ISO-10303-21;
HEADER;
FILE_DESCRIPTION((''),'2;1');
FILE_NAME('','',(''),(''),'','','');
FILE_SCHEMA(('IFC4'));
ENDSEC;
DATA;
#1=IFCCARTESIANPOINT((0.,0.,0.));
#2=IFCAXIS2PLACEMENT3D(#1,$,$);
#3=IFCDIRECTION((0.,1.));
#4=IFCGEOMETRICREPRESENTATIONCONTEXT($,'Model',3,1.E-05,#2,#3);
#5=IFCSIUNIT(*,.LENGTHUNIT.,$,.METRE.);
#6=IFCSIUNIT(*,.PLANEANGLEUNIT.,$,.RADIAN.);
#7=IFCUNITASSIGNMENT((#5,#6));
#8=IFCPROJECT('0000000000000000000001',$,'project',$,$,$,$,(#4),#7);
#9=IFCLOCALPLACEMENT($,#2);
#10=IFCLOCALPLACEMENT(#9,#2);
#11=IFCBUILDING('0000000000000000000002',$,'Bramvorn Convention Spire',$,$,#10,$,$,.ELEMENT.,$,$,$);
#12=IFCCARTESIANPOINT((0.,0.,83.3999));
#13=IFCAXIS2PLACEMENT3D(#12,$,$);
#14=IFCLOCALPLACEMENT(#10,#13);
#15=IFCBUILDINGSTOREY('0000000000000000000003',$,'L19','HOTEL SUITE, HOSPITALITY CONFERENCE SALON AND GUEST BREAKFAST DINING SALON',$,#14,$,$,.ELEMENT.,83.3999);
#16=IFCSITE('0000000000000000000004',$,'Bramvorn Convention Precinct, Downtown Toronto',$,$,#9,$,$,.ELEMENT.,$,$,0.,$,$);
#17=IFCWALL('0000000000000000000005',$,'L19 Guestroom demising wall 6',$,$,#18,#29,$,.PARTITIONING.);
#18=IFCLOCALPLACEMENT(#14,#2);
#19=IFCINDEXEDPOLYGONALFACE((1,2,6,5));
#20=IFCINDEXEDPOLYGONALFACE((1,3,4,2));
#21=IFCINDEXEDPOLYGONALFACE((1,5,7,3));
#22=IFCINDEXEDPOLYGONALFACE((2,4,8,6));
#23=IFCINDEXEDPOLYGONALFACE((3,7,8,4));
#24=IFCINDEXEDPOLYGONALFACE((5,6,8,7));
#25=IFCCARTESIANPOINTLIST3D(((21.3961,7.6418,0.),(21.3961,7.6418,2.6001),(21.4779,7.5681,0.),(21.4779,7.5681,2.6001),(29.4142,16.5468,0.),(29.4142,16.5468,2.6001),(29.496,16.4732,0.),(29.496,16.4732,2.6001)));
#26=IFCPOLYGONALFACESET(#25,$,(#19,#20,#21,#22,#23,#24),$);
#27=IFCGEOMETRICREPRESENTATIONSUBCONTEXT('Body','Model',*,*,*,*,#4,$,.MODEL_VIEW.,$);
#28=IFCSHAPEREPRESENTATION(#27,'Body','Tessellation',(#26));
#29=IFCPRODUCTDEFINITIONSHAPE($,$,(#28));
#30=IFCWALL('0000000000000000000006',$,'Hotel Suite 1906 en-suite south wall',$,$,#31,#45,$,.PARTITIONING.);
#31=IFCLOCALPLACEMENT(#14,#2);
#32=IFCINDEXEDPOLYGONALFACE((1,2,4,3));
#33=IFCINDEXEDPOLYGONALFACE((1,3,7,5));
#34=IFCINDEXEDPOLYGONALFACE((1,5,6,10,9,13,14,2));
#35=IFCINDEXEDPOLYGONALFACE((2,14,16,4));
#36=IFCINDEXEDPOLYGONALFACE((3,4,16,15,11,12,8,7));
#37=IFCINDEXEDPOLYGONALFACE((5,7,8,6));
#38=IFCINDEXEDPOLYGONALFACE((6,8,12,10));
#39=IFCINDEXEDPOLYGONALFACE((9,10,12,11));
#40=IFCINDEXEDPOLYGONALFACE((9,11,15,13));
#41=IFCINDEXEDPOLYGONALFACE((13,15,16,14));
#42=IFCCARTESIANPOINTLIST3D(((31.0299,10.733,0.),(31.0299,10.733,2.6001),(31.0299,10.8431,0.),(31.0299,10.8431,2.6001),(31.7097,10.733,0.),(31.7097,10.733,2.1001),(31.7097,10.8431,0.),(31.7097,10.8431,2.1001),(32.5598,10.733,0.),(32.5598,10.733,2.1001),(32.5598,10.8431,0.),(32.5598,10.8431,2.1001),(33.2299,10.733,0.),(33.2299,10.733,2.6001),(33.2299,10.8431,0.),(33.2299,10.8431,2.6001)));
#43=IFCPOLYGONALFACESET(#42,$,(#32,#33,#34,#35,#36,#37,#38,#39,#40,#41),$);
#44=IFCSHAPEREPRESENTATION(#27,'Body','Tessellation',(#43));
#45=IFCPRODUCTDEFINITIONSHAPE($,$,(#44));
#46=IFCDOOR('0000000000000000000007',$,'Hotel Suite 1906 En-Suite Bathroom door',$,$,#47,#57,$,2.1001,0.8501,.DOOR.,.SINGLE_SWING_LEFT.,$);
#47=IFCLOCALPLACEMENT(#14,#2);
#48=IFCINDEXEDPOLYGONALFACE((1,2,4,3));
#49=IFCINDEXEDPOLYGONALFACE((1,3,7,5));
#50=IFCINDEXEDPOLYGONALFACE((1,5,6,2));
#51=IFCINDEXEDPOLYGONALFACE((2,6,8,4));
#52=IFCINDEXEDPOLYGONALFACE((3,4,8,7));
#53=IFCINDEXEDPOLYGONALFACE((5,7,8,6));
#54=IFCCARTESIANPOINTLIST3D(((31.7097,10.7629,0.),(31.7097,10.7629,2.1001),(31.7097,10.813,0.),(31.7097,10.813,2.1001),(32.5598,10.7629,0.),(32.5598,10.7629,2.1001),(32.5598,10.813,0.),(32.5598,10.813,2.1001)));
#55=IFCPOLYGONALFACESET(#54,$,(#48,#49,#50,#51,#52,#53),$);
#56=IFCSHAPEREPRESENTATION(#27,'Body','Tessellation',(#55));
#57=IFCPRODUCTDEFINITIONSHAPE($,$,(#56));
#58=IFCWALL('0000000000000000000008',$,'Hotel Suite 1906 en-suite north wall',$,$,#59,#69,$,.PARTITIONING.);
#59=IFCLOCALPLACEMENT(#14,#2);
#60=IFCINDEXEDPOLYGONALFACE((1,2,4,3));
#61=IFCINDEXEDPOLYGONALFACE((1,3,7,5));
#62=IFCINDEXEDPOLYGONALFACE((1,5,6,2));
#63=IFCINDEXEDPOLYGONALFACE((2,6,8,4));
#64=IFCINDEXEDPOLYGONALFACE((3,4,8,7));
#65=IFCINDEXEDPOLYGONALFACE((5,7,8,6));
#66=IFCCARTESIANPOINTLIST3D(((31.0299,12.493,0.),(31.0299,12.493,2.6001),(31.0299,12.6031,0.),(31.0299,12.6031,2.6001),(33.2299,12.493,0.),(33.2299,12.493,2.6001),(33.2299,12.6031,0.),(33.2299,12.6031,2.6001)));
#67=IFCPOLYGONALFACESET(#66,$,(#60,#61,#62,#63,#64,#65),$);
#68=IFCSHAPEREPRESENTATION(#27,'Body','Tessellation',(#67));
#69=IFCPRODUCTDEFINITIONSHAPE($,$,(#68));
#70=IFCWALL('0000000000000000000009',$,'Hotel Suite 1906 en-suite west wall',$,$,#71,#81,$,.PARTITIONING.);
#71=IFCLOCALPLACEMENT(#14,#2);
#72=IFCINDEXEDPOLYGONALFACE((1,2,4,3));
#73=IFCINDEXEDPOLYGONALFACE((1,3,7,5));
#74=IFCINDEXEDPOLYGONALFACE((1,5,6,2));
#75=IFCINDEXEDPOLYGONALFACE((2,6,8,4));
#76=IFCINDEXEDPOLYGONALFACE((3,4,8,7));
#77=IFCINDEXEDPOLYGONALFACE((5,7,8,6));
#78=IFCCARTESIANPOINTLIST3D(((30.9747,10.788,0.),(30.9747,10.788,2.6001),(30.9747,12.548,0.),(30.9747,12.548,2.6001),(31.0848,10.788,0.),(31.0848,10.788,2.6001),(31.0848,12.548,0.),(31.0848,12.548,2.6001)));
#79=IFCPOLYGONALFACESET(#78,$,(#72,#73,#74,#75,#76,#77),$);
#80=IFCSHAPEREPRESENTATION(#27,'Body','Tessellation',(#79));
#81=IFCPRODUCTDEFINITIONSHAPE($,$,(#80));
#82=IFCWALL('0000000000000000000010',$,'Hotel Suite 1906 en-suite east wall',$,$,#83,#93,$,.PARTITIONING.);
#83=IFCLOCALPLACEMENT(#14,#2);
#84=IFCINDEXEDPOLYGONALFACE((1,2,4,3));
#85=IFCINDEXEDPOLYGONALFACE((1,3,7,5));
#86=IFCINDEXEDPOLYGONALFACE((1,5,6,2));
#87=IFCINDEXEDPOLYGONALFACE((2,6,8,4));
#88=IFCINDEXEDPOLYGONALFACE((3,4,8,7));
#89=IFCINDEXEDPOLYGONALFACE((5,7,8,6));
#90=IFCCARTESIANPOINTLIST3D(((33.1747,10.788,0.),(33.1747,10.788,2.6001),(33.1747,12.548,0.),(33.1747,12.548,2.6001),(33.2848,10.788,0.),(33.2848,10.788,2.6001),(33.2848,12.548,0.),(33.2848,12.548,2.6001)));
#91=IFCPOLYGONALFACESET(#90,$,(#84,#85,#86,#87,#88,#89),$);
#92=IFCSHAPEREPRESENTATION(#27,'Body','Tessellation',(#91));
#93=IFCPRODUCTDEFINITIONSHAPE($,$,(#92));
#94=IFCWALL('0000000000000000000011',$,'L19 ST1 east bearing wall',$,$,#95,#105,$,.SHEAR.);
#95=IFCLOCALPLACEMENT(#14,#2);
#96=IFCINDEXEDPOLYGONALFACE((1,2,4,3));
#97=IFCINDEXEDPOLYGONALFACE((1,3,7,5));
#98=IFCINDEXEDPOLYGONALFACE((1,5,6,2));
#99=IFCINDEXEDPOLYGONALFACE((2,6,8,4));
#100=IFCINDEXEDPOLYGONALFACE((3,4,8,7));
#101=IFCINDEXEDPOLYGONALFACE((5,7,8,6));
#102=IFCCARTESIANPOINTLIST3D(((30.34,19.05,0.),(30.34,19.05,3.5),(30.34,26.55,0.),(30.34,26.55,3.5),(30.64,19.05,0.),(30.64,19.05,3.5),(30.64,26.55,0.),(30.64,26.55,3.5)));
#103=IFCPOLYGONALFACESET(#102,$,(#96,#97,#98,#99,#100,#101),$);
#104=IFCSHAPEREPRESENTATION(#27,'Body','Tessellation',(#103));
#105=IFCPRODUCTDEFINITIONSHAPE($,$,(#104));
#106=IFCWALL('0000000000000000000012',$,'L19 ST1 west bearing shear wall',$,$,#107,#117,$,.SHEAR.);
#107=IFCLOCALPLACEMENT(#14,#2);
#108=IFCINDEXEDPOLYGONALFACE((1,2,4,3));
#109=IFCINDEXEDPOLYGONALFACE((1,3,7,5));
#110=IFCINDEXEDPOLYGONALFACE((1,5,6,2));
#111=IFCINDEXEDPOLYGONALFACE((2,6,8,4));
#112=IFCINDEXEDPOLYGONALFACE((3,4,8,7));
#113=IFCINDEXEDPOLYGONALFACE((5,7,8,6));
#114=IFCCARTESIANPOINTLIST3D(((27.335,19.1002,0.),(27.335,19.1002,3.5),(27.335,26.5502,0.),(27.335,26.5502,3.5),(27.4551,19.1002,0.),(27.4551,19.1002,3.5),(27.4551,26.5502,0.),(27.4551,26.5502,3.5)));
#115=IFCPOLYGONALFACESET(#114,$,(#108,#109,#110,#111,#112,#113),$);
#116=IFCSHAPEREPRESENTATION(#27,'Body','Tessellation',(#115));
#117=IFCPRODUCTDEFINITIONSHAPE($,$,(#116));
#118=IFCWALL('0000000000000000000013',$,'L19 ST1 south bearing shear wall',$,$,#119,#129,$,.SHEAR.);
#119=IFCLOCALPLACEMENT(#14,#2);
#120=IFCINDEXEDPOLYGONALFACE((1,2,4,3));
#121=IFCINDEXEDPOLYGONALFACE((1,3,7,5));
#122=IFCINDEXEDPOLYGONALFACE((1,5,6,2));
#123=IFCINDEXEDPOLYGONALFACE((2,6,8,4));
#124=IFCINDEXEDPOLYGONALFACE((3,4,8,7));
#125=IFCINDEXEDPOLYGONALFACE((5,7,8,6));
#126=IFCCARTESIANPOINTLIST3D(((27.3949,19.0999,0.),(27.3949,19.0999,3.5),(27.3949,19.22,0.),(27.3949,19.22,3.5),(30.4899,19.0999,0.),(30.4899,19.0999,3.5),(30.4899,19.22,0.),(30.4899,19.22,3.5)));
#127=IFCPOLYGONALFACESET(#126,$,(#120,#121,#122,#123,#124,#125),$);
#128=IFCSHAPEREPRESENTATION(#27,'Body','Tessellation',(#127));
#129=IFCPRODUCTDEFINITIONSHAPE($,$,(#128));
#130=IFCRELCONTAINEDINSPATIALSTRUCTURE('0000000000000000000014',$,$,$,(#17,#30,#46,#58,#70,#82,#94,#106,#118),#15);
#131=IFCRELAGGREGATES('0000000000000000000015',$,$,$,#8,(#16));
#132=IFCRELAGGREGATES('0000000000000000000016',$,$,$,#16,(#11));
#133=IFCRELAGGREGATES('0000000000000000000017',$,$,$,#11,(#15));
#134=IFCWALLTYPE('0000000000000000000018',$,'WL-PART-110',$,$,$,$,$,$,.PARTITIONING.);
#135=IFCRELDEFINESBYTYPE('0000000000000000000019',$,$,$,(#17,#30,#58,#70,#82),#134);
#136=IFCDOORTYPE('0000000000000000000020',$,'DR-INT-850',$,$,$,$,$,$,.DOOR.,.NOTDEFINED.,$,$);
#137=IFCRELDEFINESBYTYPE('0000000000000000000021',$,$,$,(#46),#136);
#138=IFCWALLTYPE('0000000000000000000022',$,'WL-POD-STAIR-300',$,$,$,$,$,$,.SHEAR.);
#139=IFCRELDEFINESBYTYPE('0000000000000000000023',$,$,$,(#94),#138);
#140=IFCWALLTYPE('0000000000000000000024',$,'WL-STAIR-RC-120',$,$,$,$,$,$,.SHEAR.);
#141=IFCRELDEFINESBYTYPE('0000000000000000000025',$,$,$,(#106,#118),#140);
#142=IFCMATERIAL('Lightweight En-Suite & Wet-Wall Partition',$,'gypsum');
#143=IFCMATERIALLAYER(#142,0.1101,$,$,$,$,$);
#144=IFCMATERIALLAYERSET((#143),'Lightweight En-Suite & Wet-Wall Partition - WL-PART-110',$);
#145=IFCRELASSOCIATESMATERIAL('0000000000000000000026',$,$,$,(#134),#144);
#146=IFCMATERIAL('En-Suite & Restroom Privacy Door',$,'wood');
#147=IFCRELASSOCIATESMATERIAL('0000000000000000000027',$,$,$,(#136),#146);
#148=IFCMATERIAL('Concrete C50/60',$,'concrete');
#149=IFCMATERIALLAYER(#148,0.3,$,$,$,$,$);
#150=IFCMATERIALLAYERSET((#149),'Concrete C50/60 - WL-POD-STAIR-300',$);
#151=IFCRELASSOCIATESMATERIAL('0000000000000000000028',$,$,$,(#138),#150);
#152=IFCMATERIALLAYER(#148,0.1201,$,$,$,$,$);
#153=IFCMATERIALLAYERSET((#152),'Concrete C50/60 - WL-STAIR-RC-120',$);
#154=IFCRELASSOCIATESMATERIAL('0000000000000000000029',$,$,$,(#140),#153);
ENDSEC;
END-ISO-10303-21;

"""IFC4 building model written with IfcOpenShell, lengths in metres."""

from ifc_helpers import new_model, si_unit, direction, frame, frame_2d, origin, place, context, subcontext, project, spatial, rectangle, extrude, material, layer, layer_set, type_object, element, fill, save


model = new_model("IFC4")

# Units and contexts
model_context = context("Model", 3, precision=1e-05, world=origin(), true_north=direction((0.0, 1.0)))
body_context = subcontext(model_context, "Body", "Model", "MODEL_VIEW")
ifc_project = project(units=[si_unit("LENGTHUNIT", "METRE"), si_unit("PLANEANGLEUNIT", "RADIAN")], contexts=[model_context])

# Site, building, storey
site_placement = place(None, origin())
site = spatial("IfcSite", under=ifc_project, at=site_placement, Name="Bramvorn Convention Precinct, Downtown Toronto", CompositionType="ELEMENT", RefElevation=0.0)
building_placement = place(site_placement, origin())
building = spatial("IfcBuilding", under=site, at=building_placement, Name="Bramvorn Convention Spire", CompositionType="ELEMENT")
storey_placement = place(building_placement, frame((0.0, 0.0, 83.3999)))
storey = spatial("IfcBuildingStorey", under=building, at=storey_placement, Name="L19", Description="HOTEL SUITE, HOSPITALITY CONFERENCE SALON AND GUEST BREAKFAST DINING SALON", CompositionType="ELEMENT", Elevation=83.3999)

# Wall
ifc_material_1 = material(Name="Lightweight En-Suite & Wet-Wall Partition", Category="gypsum")
ifc_layer_1 = layer(ifc_material_1, 0.1101)
ifc_layer_set_1 = layer_set([ifc_layer_1], Name="Lightweight En-Suite & Wet-Wall Partition - WL-PART-110")
wall_type_1 = type_object("IfcWallType", Name="WL-PART-110", PredefinedType="PARTITIONING", material=ifc_layer_set_1)
wall_1_placement = place(storey_placement, frame((29.4551, 16.51, 0.0), z_axis=(0.0, 0.0, 1.0), x_axis=(-0.669128, -0.743147, 0.0)))
element("IfcWall", 1, at=wall_1_placement, inside=storey, type_object=wall_type_1, Name="L19 Guestroom demising wall 6", PredefinedType="PARTITIONING", context=body_context, shape_type="SweptSolid", body=[
    extrude(rectangle(XDim=11.9829, YDim=0.1101, at=frame_2d((5.9915, 0.0))), origin(), (0.0, 0.0, 1.0), 2.6001),
])

# Wall, opening, door
wall_2_placement = place(storey_placement, frame((31.0298, 10.7881, 0.0), z_axis=(0.0, 0.0, 1.0), x_axis=(1.0, 0.0, 0.0)))
wall_2 = element("IfcWall", 2, at=wall_2_placement, inside=storey, type_object=wall_type_1, Name="Hotel Suite 1906 en-suite south wall", PredefinedType="PARTITIONING", context=body_context, shape_type="SweptSolid", body=[
    extrude(rectangle(XDim=2.2, YDim=0.1101, at=frame_2d((1.1001, 0.0))), origin(), (0.0, 0.0, 1.0), 2.6001),
])
opening_1_placement = place(wall_2_placement, frame((0.6799, 0.0, 0.0)))
opening_1 = element("IfcOpeningElement", 3, at=opening_1_placement, cuts=wall_2, PredefinedType="OPENING", context=body_context, shape_type="SweptSolid", body=[
    extrude(rectangle(XDim=0.8501, YDim=2.1001, at=frame_2d((0.425, 1.05))), frame((0.0, 0.0649, 0.0), z_axis=(0.0, -1.0, 0.0), x_axis=(1.0, 0.0, 0.0)), (0.0, 0.0, 1.0), 0.1301),
])
ifc_material_2 = material(Name="En-Suite & Restroom Privacy Door", Category="wood")
door_type_1 = type_object("IfcDoorType", Name="DR-INT-850", OperationType="NOTDEFINED", PredefinedType="DOOR", material=ifc_material_2)
door_1_placement = place(opening_1_placement, origin())
door_1 = element("IfcDoor", 4, at=door_1_placement, inside=storey, type_object=door_type_1, Name="Hotel Suite 1906 En-Suite Bathroom door", OperationType="SINGLE_SWING_LEFT", OverallHeight=2.1001, OverallWidth=0.8501, PredefinedType="DOOR", context=body_context, shape_type="SweptSolid", body=[
    extrude(rectangle(XDim=0.8501, YDim=2.1001, at=frame_2d((0.425, 1.05))), frame((0.0, 0.0249, 0.0), z_axis=(0.0, -1.0, 0.0), x_axis=(1.0, 0.0, 0.0)), (0.0, 0.0, 1.0), 0.05),
])
fill(opening_1, door_1)

# Walls
wall_3_placement = place(storey_placement, frame((31.0298, 12.5481, 0.0), z_axis=(0.0, 0.0, 1.0), x_axis=(1.0, 0.0, 0.0)))
element("IfcWall", 5, at=wall_3_placement, inside=storey, type_object=wall_type_1, Name="Hotel Suite 1906 en-suite north wall", PredefinedType="PARTITIONING", context=body_context, shape_type="SweptSolid", body=[
    extrude(rectangle(XDim=2.2, YDim=0.1101, at=frame_2d((1.1001, 0.0))), origin(), (0.0, 0.0, 1.0), 2.6001),
])
for number, where, z_axis, x_axis, name in (
    (6, (31.0298, 10.7881, 0.0), (0.0, 0.0, 1.0), (0.0, 1.0, 0.0), "Hotel Suite 1906 en-suite west wall"),
    (7, (33.2297, 10.7881, 0.0), (0.0, 0.0, 1.0), (0.0, 1.0, 0.0), "Hotel Suite 1906 en-suite east wall"),
):
    element("IfcWall", number, at=place(storey_placement, frame(where, z_axis=z_axis, x_axis=x_axis)), inside=storey, type_object=wall_type_1, Name=name, PredefinedType="PARTITIONING", context=body_context, shape_type="SweptSolid", body=[
        extrude(rectangle(XDim=1.76, YDim=0.1101, at=frame_2d((0.8799, 0.0))), origin(), (0.0, 0.0, 1.0), 2.6001),
    ])
ifc_material_3 = material(Name="Concrete C50/60", Category="concrete")
ifc_layer_2 = layer(ifc_material_3, 0.3)
ifc_layer_set_2 = layer_set([ifc_layer_2], Name="Concrete C50/60 - WL-POD-STAIR-300")
wall_type_2 = type_object("IfcWallType", Name="WL-POD-STAIR-300", PredefinedType="SHEAR", material=ifc_layer_set_2)
wall_4_placement = place(storey_placement, frame((30.49, 19.05, 0.0), z_axis=(0.0, 0.0, 1.0), x_axis=(0.0, 1.0, 0.0)))
element("IfcWall", 8, at=wall_4_placement, inside=storey, type_object=wall_type_2, Name="L19 ST1 east bearing wall", PredefinedType="SHEAR", context=body_context, shape_type="SweptSolid", body=[
    extrude(rectangle(XDim=7.5, YDim=0.3, at=frame_2d((3.75, 0.0))), origin(), (0.0, 0.0, 1.0), 3.5),
])
ifc_layer_3 = layer(ifc_material_3, 0.1201)
ifc_layer_set_3 = layer_set([ifc_layer_3], Name="Concrete C50/60 - WL-STAIR-RC-120")
wall_type_3 = type_object("IfcWallType", Name="WL-STAIR-RC-120", PredefinedType="SHEAR", material=ifc_layer_set_3)
wall_5_placement = place(storey_placement, frame((27.395, 19.1001, 0.0), z_axis=(0.0, 0.0, 1.0), x_axis=(0.0, 1.0, 0.0)))
element("IfcWall", 9, at=wall_5_placement, inside=storey, type_object=wall_type_3, Name="L19 ST1 west bearing shear wall", PredefinedType="SHEAR", context=body_context, shape_type="SweptSolid", body=[
    extrude(rectangle(XDim=7.45, YDim=0.1201, at=frame_2d((3.7251, 0.0))), origin(), (0.0, 0.0, 1.0), 3.5),
])
wall_6_placement = place(storey_placement, frame((27.395, 19.1599, 0.0), z_axis=(0.0, 0.0, 1.0), x_axis=(1.0, 0.0, 0.0)))
element("IfcWall", 10, at=wall_6_placement, inside=storey, type_object=wall_type_3, Name="L19 ST1 south bearing shear wall", PredefinedType="SHEAR", context=body_context, shape_type="SweptSolid", body=[
    extrude(rectangle(XDim=3.095, YDim=0.1201, at=frame_2d((1.5474, 0.0))), origin(), (0.0, 0.0, 1.0), 3.5),
])

save(model, "model.ifc")
